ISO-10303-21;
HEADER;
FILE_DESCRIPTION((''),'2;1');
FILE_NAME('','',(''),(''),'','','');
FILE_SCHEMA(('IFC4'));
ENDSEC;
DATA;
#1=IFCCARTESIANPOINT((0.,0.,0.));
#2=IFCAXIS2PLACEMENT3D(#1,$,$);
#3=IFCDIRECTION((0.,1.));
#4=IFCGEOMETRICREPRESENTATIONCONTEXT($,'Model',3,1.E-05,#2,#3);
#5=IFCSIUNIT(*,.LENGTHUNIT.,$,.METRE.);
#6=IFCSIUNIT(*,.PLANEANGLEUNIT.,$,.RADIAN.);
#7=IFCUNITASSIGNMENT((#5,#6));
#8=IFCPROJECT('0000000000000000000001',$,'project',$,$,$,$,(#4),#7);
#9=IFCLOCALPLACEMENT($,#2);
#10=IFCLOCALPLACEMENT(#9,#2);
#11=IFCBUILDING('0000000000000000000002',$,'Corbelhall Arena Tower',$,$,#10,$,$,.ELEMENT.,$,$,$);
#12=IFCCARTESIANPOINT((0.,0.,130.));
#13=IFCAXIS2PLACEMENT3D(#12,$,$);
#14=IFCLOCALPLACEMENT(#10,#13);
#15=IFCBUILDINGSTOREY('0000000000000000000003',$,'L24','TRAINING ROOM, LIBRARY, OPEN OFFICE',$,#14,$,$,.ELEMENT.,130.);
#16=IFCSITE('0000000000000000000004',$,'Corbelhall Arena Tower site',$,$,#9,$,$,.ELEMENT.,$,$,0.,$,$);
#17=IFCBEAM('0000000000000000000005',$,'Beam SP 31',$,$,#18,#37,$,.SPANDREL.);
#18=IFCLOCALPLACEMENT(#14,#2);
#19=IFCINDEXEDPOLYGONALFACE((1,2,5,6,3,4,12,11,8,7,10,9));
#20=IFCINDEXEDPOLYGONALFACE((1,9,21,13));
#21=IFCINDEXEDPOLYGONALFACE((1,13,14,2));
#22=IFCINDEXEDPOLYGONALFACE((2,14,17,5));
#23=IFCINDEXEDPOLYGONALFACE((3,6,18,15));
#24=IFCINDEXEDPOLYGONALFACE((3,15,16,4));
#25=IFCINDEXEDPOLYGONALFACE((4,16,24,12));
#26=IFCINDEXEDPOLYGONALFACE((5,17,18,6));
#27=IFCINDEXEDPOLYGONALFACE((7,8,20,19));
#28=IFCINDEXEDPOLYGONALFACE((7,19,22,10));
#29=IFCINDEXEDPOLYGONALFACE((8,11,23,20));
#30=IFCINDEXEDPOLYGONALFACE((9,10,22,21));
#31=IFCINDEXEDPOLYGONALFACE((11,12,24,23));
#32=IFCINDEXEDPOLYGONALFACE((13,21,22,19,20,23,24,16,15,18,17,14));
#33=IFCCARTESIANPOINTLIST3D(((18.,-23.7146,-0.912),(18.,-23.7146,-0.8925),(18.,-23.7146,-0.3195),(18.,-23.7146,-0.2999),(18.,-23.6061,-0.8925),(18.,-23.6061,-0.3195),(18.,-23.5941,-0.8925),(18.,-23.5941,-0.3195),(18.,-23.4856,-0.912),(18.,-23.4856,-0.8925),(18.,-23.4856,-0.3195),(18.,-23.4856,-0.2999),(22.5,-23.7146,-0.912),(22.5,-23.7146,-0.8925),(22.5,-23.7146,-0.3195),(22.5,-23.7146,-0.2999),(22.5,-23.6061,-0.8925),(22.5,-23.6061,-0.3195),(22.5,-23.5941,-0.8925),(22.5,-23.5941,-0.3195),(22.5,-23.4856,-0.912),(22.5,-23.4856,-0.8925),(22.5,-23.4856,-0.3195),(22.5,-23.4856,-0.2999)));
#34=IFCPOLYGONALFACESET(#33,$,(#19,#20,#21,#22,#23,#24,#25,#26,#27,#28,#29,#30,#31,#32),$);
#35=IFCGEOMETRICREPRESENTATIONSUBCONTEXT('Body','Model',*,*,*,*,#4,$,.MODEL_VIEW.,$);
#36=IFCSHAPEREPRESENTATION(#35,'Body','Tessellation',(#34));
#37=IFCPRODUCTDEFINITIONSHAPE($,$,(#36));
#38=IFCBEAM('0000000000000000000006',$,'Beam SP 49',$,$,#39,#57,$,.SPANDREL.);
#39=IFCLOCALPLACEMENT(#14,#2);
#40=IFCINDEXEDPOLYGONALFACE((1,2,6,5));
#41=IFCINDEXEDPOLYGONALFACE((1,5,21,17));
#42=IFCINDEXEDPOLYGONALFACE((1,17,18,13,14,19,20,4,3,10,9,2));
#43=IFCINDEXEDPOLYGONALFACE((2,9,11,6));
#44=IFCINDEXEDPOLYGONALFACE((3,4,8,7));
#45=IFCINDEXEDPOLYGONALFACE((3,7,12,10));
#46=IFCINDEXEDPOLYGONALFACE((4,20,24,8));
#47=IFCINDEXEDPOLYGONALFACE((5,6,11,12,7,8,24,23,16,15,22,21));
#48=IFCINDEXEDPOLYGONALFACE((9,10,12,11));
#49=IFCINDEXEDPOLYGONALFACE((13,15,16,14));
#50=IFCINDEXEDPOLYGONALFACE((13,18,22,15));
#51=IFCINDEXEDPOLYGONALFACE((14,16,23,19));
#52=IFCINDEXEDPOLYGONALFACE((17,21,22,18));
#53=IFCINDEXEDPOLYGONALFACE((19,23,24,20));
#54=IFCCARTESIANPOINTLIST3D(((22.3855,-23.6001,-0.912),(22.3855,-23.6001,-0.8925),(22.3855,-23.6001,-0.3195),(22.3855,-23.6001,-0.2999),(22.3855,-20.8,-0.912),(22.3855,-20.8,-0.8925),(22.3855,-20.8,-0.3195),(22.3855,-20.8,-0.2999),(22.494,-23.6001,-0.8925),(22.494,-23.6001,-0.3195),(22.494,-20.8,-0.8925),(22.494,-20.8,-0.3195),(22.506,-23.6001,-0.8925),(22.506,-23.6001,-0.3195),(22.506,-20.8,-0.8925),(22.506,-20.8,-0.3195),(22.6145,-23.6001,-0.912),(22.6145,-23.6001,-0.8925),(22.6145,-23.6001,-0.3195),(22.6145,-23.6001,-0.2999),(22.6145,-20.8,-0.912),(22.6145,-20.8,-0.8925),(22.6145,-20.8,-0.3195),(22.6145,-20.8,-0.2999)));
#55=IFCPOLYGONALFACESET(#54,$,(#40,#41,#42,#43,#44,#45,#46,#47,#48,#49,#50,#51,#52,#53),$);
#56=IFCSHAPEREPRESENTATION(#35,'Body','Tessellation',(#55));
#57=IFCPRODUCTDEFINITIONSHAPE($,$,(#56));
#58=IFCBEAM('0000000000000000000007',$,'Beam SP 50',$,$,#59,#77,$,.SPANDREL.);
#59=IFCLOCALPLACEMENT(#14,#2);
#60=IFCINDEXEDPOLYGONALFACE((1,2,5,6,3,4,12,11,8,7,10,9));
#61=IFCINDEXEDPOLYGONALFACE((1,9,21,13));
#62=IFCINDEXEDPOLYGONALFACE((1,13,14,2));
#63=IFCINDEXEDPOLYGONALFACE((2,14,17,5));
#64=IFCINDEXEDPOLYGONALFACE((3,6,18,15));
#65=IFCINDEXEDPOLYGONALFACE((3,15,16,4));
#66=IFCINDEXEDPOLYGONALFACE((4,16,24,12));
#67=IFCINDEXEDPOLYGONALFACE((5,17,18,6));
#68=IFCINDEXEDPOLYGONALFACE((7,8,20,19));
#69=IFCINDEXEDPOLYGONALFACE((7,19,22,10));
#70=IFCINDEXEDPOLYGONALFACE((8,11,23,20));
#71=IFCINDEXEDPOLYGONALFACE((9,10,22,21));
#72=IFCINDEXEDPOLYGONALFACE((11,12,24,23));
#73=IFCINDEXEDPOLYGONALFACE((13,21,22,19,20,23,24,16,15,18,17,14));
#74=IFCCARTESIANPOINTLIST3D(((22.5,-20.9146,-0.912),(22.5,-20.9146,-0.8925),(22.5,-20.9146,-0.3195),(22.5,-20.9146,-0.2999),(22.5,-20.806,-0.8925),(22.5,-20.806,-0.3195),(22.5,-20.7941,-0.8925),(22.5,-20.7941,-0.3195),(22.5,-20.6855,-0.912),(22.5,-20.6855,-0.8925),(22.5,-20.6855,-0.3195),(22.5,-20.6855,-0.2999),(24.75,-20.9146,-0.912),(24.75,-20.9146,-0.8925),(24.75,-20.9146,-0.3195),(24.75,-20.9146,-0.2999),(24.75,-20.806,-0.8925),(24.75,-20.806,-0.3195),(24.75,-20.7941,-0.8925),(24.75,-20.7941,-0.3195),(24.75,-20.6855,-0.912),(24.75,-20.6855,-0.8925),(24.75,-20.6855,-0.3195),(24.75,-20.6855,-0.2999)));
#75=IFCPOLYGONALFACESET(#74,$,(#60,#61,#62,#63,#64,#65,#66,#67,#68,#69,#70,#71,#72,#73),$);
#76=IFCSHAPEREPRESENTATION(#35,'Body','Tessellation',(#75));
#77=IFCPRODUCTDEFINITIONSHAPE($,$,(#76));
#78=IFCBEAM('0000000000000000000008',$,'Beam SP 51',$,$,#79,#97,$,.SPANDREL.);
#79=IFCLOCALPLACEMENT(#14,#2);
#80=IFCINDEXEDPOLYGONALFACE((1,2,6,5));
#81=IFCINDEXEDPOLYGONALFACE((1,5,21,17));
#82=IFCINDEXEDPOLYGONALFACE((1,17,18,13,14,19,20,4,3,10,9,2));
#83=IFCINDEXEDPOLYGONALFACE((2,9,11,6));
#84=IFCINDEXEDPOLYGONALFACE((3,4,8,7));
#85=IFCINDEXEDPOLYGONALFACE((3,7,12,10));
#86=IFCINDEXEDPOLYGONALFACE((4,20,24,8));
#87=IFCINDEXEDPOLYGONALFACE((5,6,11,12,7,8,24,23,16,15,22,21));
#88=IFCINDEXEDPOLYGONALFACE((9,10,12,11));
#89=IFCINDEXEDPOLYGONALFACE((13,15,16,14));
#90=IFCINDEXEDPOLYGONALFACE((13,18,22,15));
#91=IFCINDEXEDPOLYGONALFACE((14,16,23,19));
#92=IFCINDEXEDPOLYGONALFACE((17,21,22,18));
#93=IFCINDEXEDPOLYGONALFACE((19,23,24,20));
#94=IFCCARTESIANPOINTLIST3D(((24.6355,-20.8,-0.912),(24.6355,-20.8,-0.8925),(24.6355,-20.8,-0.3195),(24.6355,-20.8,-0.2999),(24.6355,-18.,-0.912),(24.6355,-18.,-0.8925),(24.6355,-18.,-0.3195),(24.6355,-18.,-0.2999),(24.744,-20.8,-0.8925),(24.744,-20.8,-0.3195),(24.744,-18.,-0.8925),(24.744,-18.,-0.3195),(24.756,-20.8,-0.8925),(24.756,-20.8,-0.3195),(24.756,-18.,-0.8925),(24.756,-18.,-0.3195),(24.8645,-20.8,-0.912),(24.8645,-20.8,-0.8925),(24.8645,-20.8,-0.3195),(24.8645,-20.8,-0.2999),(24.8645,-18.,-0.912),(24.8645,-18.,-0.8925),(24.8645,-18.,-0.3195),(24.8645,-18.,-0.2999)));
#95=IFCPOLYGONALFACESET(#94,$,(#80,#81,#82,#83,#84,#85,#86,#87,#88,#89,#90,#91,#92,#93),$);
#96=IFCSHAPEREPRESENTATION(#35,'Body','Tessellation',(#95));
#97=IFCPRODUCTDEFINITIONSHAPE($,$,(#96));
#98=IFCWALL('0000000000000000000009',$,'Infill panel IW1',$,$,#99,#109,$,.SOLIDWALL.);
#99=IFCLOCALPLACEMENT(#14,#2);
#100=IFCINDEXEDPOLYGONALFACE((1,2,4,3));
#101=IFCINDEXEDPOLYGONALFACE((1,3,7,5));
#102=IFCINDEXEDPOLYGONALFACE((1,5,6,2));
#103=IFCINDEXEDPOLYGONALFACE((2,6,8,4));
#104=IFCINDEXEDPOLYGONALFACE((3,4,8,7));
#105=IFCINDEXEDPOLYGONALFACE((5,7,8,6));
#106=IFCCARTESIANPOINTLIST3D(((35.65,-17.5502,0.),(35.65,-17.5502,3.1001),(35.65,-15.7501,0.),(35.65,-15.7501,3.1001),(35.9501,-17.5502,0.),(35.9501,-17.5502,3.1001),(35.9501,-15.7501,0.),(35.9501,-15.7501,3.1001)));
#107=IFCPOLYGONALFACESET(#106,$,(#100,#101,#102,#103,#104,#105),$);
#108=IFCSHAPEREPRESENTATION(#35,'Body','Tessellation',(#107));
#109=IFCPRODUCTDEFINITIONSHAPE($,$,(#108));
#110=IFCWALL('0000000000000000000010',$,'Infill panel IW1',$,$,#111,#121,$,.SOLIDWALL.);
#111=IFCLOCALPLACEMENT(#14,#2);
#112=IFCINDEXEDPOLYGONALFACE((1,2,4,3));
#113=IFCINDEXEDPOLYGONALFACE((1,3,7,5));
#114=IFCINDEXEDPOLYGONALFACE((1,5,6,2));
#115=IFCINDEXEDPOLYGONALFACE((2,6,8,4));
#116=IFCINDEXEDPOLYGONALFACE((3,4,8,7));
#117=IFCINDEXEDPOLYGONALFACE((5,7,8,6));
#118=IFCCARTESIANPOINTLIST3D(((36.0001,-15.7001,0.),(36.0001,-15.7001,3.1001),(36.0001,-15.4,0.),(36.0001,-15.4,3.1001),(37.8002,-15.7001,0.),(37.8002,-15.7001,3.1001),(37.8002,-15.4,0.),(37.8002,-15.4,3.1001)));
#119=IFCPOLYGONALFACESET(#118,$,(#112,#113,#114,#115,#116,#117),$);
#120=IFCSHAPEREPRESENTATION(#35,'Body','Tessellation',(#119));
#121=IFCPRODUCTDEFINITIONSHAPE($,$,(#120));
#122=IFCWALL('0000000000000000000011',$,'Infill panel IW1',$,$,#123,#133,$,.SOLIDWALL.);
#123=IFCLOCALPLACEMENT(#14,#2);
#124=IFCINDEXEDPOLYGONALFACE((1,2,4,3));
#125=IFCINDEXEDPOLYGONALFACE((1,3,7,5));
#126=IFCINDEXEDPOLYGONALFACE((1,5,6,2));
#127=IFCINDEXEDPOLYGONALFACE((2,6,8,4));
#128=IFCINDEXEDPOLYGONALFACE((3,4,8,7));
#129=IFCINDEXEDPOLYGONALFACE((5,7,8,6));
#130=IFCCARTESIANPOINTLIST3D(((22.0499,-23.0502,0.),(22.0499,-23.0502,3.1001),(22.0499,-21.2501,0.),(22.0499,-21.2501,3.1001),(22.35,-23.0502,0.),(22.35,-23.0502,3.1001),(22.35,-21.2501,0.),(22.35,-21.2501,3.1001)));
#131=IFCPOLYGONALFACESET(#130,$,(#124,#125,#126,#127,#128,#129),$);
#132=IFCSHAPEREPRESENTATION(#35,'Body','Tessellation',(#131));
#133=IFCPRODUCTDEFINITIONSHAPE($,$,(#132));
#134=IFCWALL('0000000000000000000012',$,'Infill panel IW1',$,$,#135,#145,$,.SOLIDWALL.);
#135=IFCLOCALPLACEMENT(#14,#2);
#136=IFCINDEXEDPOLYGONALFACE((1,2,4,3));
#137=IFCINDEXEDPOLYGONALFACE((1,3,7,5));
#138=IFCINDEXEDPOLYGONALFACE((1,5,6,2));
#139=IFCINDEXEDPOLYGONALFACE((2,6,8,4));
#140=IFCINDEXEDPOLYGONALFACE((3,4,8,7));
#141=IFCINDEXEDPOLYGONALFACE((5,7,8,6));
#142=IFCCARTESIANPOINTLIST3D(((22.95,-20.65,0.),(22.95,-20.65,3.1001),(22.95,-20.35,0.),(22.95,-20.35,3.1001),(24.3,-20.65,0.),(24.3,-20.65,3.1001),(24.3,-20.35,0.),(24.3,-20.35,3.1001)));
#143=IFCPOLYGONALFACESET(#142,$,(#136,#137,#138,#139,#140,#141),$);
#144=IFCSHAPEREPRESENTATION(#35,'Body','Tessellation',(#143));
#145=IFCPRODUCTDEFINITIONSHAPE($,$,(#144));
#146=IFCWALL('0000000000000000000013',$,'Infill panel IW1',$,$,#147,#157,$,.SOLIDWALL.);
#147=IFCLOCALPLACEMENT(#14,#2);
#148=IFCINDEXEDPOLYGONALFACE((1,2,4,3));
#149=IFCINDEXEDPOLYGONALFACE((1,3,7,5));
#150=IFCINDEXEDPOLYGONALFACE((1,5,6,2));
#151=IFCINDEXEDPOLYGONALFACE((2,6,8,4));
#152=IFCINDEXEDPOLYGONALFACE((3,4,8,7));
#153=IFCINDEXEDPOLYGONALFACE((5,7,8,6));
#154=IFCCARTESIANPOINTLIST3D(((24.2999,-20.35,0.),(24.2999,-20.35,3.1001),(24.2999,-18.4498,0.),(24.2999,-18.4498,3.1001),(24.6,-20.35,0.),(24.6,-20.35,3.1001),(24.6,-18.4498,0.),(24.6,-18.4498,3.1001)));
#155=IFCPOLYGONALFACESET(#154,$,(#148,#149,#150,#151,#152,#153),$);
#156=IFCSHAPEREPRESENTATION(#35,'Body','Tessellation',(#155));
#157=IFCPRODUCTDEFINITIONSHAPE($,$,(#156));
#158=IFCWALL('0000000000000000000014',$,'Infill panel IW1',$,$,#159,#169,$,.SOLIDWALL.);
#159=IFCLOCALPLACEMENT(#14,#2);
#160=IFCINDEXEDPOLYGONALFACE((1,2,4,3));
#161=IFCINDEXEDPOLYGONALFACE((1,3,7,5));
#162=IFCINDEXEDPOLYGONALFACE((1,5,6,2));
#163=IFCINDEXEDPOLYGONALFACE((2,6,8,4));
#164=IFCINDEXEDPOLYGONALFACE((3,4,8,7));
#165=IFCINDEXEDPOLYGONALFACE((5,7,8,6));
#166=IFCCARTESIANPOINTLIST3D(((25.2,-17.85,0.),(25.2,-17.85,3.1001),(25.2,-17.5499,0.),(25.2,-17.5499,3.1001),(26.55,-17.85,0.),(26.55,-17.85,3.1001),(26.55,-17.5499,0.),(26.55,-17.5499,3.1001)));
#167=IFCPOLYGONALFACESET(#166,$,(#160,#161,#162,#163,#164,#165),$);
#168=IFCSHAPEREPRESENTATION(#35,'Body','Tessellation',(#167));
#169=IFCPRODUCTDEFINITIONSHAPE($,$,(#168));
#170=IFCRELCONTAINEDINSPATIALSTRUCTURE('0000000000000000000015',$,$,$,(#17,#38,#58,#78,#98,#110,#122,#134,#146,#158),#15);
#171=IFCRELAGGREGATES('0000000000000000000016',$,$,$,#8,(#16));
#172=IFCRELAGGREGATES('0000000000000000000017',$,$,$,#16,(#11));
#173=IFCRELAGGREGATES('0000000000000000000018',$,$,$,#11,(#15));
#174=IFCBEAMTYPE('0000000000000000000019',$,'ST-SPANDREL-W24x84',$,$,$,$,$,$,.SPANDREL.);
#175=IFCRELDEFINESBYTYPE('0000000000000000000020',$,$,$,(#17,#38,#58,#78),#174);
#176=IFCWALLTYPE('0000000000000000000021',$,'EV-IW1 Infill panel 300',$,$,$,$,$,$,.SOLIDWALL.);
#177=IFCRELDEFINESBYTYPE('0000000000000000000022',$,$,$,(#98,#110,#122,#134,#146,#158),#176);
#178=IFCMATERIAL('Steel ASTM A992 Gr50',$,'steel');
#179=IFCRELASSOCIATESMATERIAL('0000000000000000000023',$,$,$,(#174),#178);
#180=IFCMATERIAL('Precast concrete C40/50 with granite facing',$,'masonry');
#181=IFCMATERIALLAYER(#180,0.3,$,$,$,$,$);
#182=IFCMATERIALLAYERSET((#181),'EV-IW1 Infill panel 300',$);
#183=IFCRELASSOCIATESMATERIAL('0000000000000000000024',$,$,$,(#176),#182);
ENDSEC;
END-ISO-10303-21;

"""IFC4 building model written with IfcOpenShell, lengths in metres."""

from ifc_helpers import new_model, si_unit, direction, frame, frame_2d, origin, origin_2d, place, context, subcontext, project, spatial, rectangle, i_section, extrude, material, layer, layer_set, material_profile, profile_set, type_object, element, save


model = new_model("IFC4")

# Units and contexts
model_context = context("Model", 3, precision=1e-05, world=origin(), true_north=direction((0.0, 1.0)))
body_context = subcontext(model_context, "Body", "Model", "MODEL_VIEW")
ifc_project = project(units=[si_unit("LENGTHUNIT", "METRE"), si_unit("PLANEANGLEUNIT", "RADIAN")], contexts=[model_context])

# Site, building, storey
site_placement = place(None, origin())
site = spatial("IfcSite", under=ifc_project, at=site_placement, Name="Corbelhall Arena Tower site", CompositionType="ELEMENT", RefElevation=0.0)
building_placement = place(site_placement, origin())
building = spatial("IfcBuilding", under=site, at=building_placement, Name="Corbelhall Arena Tower", CompositionType="ELEMENT")
storey_placement = place(building_placement, frame((0.0, 0.0, 130.0)))
storey = spatial("IfcBuildingStorey", under=building, at=storey_placement, Name="L24", Description="TRAINING ROOM, LIBRARY, OPEN OFFICE", CompositionType="ELEMENT", Elevation=130.0)

# Beams
ifc_material_1 = material(Name="Steel ASTM A992 Gr50", Category="steel")
ifc_material_profile_1 = material_profile(ifc_material_1, i_section(OverallWidth=0.229, OverallDepth=0.6121, WebThickness=0.012, FlangeThickness=0.0195, at=origin_2d()))
ifc_profile_set_1 = profile_set([ifc_material_profile_1], Name="Steel ASTM A992 Gr50")
beam_type = type_object("IfcBeamType", Name="ST-SPANDREL-W24x84", PredefinedType="SPANDREL", material=ifc_profile_set_1)
for number, where, z_axis, x_axis, name in (
    (1, (22.5, -23.6001, -0.606), (-1.0, 0.0, 0.0), (0.0, -1.0, 0.0), "Beam SP 31"),
):
    element("IfcBeam", number, at=place(storey_placement, frame(where, z_axis=z_axis, x_axis=x_axis)), inside=storey, type_object=beam_type, Name=name, PredefinedType="SPANDREL", context=body_context, shape_type="SweptSolid", body=[
        extrude(i_section(OverallWidth=0.229, OverallDepth=0.6121, WebThickness=0.012, FlangeThickness=0.0195, at=origin_2d()), origin(), (0.0, 0.0, 1.0), 4.5),
    ])
beam_1_placement = place(storey_placement, frame((22.5, -20.8, -0.606), z_axis=(0.0, -1.0, 0.0), x_axis=(1.0, 0.0, 0.0)))
element("IfcBeam", 2, at=beam_1_placement, inside=storey, type_object=beam_type, Name="Beam SP 49", PredefinedType="SPANDREL", context=body_context, shape_type="SweptSolid", body=[
    extrude(i_section(OverallWidth=0.229, OverallDepth=0.6121, WebThickness=0.012, FlangeThickness=0.0195, at=origin_2d()), origin(), (0.0, 0.0, 1.0), 2.8),
])
beam_2_placement = place(storey_placement, frame((24.75, -20.8, -0.606), z_axis=(-1.0, 0.0, 0.0), x_axis=(0.0, -1.0, 0.0)))
element("IfcBeam", 3, at=beam_2_placement, inside=storey, type_object=beam_type, Name="Beam SP 50", PredefinedType="SPANDREL", context=body_context, shape_type="SweptSolid", body=[
    extrude(i_section(OverallWidth=0.229, OverallDepth=0.6121, WebThickness=0.012, FlangeThickness=0.0195, at=origin_2d()), origin(), (0.0, 0.0, 1.0), 2.25),
])
beam_3_placement = place(storey_placement, frame((24.75, -18.0, -0.606), z_axis=(0.0, -1.0, 0.0), x_axis=(1.0, 0.0, 0.0)))
element("IfcBeam", 4, at=beam_3_placement, inside=storey, type_object=beam_type, Name="Beam SP 51", PredefinedType="SPANDREL", context=body_context, shape_type="SweptSolid", body=[
    extrude(i_section(OverallWidth=0.229, OverallDepth=0.6121, WebThickness=0.012, FlangeThickness=0.0195, at=origin_2d()), origin(), (0.0, 0.0, 1.0), 2.8),
])

# Walls
ifc_material_2 = material(Name="Precast concrete C40/50 with granite facing", Category="masonry")
ifc_layer = layer(ifc_material_2, 0.3)
ifc_layer_set = layer_set([ifc_layer], Name="EV-IW1 Infill panel 300")
wall_type = type_object("IfcWallType", Name="EV-IW1 Infill panel 300", PredefinedType="SOLIDWALL", material=ifc_layer_set)
for number, where, z_axis, x_axis, name in (
    (5, (35.8, -17.55, 0.0), (0.0, 0.0, 1.0), (0.0, 1.0, 0.0), "Infill panel IW1"),
    (6, (37.8, -15.55, 0.0), (0.0, 0.0, 1.0), (-1.0, 0.0, 0.0), "Infill panel IW1"),
):
    element("IfcWall", number, at=place(storey_placement, frame(where, z_axis=z_axis, x_axis=x_axis)), inside=storey, type_object=wall_type, Name=name, PredefinedType="SOLIDWALL", context=body_context, shape_type="SweptSolid", body=[
        extrude(rectangle(XDim=1.8, YDim=0.3, at=frame_2d((0.8999, 0.0))), origin(), (0.0, 0.0, 1.0), 3.1001),
    ])

# Walls
wall_1_placement = place(storey_placement, frame((22.2, -23.05, 0.0), z_axis=(0.0, 0.0, 1.0), x_axis=(0.0, 1.0, 0.0)))
element("IfcWall", 7, at=wall_1_placement, inside=storey, type_object=wall_type, Name="Infill panel IW1", PredefinedType="SOLIDWALL", context=body_context, shape_type="SweptSolid", body=[
    extrude(rectangle(XDim=1.8, YDim=0.3, at=frame_2d((0.8999, 0.0))), origin(), (0.0, 0.0, 1.0), 3.1001),
])
wall_2_placement = place(storey_placement, frame((22.95, -20.5, 0.0), z_axis=(0.0, 0.0, 1.0), x_axis=(1.0, 0.0, 0.0)))
element("IfcWall", 8, at=wall_2_placement, inside=storey, type_object=wall_type, Name="Infill panel IW1", PredefinedType="SOLIDWALL", context=body_context, shape_type="SweptSolid", body=[
    extrude(rectangle(XDim=1.3501, YDim=0.3, at=frame_2d((0.675, 0.0))), origin(), (0.0, 0.0, 1.0), 3.1001),
])
wall_3_placement = place(storey_placement, frame((24.45, -20.3501, 0.0), z_axis=(0.0, 0.0, 1.0), x_axis=(0.0, 1.0, 0.0)))
element("IfcWall", 9, at=wall_3_placement, inside=storey, type_object=wall_type, Name="Infill panel IW1", PredefinedType="SOLIDWALL", context=body_context, shape_type="SweptSolid", body=[
    extrude(rectangle(XDim=1.9001, YDim=0.3, at=frame_2d((0.9502, 0.0))), origin(), (0.0, 0.0, 1.0), 3.1001),
])
wall_4_placement = place(storey_placement, frame((25.2, -17.7, 0.0), z_axis=(0.0, 0.0, 1.0), x_axis=(1.0, 0.0, 0.0)))
element("IfcWall", 10, at=wall_4_placement, inside=storey, type_object=wall_type, Name="Infill panel IW1", PredefinedType="SOLIDWALL", context=body_context, shape_type="SweptSolid", body=[
    extrude(rectangle(XDim=1.3501, YDim=0.3, at=frame_2d((0.675, 0.0))), origin(), (0.0, 0.0, 1.0), 3.1001),
])

save(model, "model.ifc")
